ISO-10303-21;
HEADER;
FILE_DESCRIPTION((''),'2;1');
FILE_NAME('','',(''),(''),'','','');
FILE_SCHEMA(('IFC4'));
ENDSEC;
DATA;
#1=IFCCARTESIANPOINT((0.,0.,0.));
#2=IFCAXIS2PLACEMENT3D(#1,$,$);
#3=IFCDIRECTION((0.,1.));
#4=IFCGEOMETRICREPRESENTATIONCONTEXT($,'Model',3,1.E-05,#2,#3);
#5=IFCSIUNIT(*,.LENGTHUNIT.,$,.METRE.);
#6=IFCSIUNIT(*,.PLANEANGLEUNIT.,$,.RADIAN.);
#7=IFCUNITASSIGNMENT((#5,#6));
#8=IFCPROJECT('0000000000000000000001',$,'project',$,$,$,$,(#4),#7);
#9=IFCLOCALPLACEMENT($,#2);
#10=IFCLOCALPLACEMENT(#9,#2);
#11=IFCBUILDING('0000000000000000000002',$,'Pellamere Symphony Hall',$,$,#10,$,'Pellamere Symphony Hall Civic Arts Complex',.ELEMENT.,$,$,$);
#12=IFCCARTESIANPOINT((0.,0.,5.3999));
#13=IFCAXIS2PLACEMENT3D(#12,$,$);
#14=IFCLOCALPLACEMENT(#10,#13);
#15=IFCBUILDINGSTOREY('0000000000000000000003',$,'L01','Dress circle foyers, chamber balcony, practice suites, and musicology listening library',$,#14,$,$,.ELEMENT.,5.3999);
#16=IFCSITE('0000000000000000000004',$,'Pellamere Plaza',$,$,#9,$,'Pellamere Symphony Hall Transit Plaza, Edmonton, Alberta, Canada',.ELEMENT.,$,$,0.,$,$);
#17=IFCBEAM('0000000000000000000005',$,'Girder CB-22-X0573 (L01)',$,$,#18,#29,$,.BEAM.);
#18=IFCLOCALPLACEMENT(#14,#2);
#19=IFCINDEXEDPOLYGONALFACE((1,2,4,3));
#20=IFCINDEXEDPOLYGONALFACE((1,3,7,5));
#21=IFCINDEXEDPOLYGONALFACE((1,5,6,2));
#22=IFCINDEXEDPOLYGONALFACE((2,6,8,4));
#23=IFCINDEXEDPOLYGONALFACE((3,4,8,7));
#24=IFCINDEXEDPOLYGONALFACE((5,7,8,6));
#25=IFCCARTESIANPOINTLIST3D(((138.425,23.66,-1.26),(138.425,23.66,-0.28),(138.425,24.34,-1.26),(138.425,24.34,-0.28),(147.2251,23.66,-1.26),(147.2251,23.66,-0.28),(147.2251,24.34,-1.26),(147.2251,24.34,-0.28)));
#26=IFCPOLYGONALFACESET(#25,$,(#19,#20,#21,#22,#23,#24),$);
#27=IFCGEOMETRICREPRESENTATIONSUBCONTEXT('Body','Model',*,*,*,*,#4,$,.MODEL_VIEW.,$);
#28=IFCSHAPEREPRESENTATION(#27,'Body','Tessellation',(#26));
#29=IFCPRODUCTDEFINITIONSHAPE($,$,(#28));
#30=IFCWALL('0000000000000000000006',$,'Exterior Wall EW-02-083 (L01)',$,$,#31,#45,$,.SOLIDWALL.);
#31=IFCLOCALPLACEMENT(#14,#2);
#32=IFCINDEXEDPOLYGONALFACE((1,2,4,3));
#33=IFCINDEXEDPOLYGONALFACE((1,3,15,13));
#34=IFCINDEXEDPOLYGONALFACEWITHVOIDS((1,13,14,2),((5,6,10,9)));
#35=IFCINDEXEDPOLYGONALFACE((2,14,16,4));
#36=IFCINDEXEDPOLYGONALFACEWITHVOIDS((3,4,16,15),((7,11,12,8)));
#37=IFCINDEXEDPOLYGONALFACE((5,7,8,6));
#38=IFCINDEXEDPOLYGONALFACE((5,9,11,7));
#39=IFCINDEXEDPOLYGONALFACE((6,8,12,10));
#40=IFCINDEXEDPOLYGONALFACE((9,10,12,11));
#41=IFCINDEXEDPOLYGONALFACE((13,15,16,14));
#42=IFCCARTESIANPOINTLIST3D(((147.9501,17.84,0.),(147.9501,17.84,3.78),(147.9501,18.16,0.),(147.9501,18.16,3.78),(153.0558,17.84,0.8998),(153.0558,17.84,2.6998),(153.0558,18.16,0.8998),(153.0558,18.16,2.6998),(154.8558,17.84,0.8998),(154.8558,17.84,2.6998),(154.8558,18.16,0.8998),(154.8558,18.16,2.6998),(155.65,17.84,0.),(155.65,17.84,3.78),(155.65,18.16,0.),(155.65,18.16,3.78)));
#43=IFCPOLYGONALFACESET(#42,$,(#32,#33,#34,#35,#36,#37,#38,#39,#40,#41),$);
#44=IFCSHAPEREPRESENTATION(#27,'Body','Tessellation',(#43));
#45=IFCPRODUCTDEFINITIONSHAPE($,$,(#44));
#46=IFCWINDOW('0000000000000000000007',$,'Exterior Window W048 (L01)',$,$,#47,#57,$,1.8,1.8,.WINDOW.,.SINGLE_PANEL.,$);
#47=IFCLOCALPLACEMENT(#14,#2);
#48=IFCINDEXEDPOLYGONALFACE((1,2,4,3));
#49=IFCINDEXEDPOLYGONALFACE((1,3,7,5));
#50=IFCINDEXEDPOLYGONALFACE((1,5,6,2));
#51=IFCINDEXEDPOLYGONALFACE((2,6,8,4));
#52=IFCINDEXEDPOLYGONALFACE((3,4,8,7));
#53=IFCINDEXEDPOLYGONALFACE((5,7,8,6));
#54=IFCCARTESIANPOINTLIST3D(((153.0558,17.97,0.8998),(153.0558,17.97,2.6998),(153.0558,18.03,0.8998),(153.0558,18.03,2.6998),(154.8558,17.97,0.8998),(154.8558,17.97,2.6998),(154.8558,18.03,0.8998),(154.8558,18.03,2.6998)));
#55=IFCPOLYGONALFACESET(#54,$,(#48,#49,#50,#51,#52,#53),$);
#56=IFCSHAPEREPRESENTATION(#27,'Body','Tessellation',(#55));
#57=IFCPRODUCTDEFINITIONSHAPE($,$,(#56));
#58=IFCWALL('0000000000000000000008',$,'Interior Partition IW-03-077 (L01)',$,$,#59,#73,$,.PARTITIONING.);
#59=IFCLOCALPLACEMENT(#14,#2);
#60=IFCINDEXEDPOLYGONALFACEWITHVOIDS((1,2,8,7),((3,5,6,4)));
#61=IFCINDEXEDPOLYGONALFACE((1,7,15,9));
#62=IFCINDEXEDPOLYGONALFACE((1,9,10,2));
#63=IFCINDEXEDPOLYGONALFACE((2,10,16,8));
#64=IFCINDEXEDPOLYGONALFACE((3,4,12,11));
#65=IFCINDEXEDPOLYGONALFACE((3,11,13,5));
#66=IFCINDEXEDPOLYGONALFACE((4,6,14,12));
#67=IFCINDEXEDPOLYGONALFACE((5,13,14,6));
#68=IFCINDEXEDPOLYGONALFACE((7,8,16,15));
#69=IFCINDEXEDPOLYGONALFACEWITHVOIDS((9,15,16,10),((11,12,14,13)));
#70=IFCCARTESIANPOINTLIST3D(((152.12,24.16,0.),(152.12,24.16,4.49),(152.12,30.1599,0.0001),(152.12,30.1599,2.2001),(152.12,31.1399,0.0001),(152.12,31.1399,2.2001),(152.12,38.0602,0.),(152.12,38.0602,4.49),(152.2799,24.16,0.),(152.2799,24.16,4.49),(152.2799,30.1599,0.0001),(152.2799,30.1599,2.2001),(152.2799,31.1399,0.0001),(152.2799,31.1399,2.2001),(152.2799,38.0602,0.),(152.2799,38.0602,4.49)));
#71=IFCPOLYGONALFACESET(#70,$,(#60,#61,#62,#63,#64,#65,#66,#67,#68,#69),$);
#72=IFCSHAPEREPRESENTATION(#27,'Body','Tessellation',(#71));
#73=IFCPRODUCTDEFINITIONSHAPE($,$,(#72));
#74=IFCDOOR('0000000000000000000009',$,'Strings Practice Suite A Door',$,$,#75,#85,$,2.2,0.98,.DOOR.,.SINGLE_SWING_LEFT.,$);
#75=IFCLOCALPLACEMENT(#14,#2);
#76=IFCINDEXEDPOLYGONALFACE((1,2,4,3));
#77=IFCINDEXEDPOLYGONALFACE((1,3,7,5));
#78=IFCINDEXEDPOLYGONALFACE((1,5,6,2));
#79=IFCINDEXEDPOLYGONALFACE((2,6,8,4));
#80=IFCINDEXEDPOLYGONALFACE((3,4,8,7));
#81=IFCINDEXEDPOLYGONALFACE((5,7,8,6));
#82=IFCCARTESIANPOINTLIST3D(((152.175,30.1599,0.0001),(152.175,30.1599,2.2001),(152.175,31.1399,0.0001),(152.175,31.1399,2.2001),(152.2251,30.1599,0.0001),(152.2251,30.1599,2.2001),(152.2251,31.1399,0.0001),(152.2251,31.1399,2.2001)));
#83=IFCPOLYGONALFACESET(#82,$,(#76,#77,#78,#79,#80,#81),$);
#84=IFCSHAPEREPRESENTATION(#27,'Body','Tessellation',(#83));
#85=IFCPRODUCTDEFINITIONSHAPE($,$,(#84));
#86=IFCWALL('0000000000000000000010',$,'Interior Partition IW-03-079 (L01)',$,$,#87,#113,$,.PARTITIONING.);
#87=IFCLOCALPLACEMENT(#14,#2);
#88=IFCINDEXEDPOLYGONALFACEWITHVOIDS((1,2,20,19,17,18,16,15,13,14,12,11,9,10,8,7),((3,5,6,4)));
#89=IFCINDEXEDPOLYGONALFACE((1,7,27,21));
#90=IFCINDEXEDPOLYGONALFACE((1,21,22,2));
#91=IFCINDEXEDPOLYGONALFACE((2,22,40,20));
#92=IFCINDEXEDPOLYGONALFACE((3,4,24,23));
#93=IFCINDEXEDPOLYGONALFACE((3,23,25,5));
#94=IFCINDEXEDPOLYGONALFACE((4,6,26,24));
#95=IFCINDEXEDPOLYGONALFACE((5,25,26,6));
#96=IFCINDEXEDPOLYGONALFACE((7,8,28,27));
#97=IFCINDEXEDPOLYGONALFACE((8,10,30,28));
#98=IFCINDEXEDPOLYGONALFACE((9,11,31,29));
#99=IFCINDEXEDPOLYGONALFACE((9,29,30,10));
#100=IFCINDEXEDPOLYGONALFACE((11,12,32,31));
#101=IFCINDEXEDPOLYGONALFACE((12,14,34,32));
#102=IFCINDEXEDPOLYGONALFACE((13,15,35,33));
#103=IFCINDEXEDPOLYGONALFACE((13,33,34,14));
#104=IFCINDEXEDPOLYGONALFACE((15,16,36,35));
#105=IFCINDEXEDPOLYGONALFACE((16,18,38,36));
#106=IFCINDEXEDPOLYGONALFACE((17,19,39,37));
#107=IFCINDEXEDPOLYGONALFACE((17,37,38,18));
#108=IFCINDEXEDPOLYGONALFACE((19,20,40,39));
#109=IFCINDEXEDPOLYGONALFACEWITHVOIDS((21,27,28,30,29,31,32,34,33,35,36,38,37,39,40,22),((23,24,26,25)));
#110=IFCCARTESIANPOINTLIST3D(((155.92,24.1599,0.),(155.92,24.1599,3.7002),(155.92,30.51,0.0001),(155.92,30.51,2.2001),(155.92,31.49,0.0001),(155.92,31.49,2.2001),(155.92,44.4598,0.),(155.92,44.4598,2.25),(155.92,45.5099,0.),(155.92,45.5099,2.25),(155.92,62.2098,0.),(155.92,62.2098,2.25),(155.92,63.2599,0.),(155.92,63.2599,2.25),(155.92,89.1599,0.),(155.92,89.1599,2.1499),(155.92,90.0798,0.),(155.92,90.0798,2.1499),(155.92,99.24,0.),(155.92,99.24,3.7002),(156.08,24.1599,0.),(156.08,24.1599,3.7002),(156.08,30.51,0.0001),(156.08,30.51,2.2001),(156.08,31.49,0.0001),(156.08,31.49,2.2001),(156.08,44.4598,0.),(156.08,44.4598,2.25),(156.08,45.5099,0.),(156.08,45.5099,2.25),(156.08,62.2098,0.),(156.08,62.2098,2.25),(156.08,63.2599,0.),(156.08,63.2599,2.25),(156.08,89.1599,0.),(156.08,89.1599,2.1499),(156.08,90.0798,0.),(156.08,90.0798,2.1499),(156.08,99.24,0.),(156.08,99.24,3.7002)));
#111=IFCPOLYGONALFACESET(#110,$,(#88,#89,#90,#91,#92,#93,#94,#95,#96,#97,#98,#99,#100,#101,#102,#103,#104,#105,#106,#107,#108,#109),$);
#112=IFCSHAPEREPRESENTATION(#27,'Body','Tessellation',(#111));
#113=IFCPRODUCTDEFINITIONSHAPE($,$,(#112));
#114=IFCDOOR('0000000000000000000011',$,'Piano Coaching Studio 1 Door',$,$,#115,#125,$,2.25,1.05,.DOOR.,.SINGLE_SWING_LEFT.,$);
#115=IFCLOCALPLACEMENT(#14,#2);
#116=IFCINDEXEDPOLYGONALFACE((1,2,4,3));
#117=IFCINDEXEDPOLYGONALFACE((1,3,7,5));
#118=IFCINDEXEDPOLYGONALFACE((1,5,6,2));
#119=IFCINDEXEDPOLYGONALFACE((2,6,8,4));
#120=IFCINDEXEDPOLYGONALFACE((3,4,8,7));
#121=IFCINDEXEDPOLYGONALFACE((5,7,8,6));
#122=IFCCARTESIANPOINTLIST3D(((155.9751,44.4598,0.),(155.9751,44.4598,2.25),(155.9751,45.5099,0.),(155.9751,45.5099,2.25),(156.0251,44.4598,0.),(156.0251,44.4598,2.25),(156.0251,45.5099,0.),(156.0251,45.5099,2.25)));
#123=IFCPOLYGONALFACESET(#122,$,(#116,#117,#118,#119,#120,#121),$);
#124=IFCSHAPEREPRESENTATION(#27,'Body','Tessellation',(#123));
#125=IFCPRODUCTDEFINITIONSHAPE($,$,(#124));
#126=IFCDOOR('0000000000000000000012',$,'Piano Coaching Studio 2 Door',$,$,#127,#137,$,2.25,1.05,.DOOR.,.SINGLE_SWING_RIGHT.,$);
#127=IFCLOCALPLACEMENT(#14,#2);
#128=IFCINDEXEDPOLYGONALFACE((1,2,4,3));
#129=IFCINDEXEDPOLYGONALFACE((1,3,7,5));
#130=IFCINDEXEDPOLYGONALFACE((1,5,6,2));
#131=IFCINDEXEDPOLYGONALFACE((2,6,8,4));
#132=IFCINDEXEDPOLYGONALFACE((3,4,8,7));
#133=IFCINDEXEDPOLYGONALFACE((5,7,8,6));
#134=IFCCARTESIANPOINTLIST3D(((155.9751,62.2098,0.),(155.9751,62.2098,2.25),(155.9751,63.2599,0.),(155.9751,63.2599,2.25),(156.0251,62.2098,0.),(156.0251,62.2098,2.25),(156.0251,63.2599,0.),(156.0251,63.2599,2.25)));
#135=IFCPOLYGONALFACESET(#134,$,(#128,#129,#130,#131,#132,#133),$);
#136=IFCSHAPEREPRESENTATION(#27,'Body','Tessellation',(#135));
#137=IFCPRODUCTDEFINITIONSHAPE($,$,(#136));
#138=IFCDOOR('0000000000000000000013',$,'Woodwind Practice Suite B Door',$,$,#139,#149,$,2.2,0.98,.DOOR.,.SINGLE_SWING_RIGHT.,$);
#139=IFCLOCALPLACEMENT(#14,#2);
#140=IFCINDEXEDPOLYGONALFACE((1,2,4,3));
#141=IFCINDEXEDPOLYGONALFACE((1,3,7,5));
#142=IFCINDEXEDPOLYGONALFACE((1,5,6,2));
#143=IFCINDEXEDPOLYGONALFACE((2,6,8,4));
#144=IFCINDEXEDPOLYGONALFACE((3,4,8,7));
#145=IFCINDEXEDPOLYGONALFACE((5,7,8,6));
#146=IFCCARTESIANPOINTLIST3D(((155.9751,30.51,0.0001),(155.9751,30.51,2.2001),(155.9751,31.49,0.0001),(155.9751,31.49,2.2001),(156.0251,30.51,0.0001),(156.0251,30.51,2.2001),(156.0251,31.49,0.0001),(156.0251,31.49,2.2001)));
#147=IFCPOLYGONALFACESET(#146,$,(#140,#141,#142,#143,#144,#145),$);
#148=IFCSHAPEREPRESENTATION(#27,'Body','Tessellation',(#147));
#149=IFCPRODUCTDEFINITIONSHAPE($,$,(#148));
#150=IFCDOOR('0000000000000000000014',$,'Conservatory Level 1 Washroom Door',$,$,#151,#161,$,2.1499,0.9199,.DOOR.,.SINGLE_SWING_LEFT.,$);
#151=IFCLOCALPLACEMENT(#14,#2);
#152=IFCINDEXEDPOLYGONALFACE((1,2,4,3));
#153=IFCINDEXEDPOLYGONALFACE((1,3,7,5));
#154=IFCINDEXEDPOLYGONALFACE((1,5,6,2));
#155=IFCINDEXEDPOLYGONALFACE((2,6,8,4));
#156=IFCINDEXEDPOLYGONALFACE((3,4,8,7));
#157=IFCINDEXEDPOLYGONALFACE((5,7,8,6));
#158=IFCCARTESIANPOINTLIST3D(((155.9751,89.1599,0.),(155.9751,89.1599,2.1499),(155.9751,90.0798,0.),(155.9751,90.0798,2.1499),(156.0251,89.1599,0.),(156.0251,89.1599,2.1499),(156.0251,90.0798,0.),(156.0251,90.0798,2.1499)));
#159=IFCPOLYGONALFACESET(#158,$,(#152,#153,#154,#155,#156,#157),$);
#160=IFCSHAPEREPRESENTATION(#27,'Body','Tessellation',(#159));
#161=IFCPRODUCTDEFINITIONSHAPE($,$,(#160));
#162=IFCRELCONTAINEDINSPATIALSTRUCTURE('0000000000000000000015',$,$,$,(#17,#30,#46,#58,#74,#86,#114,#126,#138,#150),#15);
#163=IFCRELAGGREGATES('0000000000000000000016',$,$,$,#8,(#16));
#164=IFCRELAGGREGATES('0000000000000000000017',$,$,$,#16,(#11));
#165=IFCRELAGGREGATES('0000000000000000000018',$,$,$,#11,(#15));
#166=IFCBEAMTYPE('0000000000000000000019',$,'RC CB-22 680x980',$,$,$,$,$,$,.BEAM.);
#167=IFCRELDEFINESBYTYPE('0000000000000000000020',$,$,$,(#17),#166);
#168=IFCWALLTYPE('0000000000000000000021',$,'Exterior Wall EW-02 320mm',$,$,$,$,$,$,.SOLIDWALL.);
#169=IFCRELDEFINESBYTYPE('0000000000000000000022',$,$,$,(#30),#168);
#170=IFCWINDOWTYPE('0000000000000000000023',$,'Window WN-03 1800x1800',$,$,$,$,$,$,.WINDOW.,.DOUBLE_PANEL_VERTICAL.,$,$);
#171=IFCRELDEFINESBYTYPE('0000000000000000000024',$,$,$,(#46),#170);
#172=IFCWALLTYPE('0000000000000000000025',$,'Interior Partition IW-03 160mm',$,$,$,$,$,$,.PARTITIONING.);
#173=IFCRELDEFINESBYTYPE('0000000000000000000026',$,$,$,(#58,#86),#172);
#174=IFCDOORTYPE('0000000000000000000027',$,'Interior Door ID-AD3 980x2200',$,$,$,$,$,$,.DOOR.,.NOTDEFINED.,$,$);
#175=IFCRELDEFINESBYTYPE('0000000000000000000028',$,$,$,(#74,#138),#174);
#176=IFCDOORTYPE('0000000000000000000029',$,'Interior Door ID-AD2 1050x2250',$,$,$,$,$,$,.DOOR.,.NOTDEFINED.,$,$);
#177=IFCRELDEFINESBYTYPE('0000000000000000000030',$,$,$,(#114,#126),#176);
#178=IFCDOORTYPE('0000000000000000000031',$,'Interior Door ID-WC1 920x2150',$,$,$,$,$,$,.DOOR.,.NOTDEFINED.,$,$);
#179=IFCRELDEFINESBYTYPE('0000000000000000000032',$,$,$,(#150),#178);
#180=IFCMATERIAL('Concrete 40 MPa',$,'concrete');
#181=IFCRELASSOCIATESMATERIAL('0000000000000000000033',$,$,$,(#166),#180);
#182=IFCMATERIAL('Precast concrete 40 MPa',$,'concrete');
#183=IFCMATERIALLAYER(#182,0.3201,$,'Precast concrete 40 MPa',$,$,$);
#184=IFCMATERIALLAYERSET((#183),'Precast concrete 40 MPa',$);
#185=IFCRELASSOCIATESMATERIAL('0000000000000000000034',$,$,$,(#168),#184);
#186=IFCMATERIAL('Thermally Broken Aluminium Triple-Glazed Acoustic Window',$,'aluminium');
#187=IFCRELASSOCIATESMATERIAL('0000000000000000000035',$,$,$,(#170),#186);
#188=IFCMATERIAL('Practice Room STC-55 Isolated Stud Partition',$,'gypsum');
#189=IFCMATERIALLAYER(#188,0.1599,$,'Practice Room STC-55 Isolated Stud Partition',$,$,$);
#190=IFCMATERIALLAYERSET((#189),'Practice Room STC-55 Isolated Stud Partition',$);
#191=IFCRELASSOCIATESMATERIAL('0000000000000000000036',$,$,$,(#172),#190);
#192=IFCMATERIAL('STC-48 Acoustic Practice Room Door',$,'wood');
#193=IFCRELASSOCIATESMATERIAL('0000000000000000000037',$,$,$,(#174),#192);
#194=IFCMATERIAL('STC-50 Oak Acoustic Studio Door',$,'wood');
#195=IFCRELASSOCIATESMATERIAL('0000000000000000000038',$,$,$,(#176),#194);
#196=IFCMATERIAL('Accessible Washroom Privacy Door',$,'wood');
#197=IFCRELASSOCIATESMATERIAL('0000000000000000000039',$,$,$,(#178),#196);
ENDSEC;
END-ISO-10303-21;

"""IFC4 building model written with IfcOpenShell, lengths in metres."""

from ifc_helpers import new_model, si_unit, direction, frame, frame_2d, origin, origin_2d, place, context, subcontext, project, spatial, rectangle, extrude, material, layer, layer_set, material_profile, profile_set, type_object, element, fill, save


model = new_model("IFC4")

# Units and contexts
model_context = context("Model", 3, precision=1e-05, world=origin(), true_north=direction((0.0, 1.0)))
body_context = subcontext(model_context, "Body", "Model", "MODEL_VIEW")
ifc_project = project(units=[si_unit("LENGTHUNIT", "METRE"), si_unit("PLANEANGLEUNIT", "RADIAN")], contexts=[model_context])

# Site, building, storey
site_placement = place(None, origin())
site = spatial("IfcSite", under=ifc_project, at=site_placement, Name="Pellamere Plaza", LongName="Pellamere Symphony Hall Transit Plaza, Edmonton, Alberta, Canada", CompositionType="ELEMENT", RefElevation=0.0)
building_placement = place(site_placement, origin())
building = spatial("IfcBuilding", under=site, at=building_placement, Name="Pellamere Symphony Hall", LongName="Pellamere Symphony Hall Civic Arts Complex", CompositionType="ELEMENT")
storey_placement = place(building_placement, frame((0.0, 0.0, 5.3999)))
storey = spatial("IfcBuildingStorey", under=building, at=storey_placement, Name="L01", Description="Dress circle foyers, chamber balcony, practice suites, and musicology listening library", CompositionType="ELEMENT", Elevation=5.3999)

# Shared definitions
ifc_material_1 = material(Name="Concrete 40 MPa", Category="concrete")

# Beam
ifc_material_profile_1 = material_profile(ifc_material_1, rectangle(XDim=0.6799, YDim=0.98, at=origin_2d()), Name="RC 680x980")
ifc_profile_set_1 = profile_set([ifc_material_profile_1], Name="Concrete 40 MPa")
beam_type_1 = type_object("IfcBeamType", Name="RC CB-22 680x980", PredefinedType="BEAM", material=ifc_profile_set_1)
beam_1_placement = place(storey_placement, frame((138.425, 24.0, -0.77), z_axis=(1.0, 0.0, 0.0), x_axis=(0.0, 1.0, 0.0)))
element("IfcBeam", 1, at=beam_1_placement, inside=storey, type_object=beam_type_1, Name="Girder CB-22-X0573 (L01)", PredefinedType="BEAM", context=body_context, shape_type="SweptSolid", body=[
    extrude(rectangle(XDim=0.6799, YDim=0.98, at=origin_2d()), origin(), (0.0, 0.0, 1.0), 8.8),
])

# Wall, opening, window
ifc_material_2 = material(Name="Precast concrete 40 MPa", Category="concrete")
ifc_layer_1 = layer(ifc_material_2, 0.3201, Name="Precast concrete 40 MPa")
ifc_layer_set_1 = layer_set([ifc_layer_1], Name="Precast concrete 40 MPa")
wall_type_1 = type_object("IfcWallType", Name="Exterior Wall EW-02 320mm", PredefinedType="SOLIDWALL", material=ifc_layer_set_1)
wall_1_placement = place(storey_placement, frame((147.95, 18.0, 0.0), z_axis=(0.0, 0.0, 1.0), x_axis=(1.0, 0.0, 0.0)))
wall_1 = element("IfcWall", 2, at=wall_1_placement, inside=storey, type_object=wall_type_1, Name="Exterior Wall EW-02-083 (L01)", PredefinedType="SOLIDWALL", context=body_context, shape_type="SweptSolid", body=[
    extrude(rectangle(XDim=7.7, YDim=0.3201, at=frame_2d((3.8501, 0.0))), origin(), (0.0, 0.0, 1.0), 3.78),
])
opening_1_placement = place(wall_1_placement, frame((5.106, 0.0, 0.8999)))
opening_1 = element("IfcOpeningElement", 3, at=opening_1_placement, cuts=wall_1, PredefinedType="OPENING", context=body_context, shape_type="SweptSolid", body=[
    extrude(rectangle(XDim=1.8, YDim=1.8, at=frame_2d((0.8999, 0.8999))), frame((0.0, 0.1699, 0.0), z_axis=(0.0, -1.0, 0.0), x_axis=(1.0, 0.0, 0.0)), (0.0, 0.0, 1.0), 0.3401),
])
ifc_material_3 = material(Name="Thermally Broken Aluminium Triple-Glazed Acoustic Window", Category="aluminium")
window_type = type_object("IfcWindowType", Name="Window WN-03 1800x1800", PartitioningType="DOUBLE_PANEL_VERTICAL", PredefinedType="WINDOW", material=ifc_material_3)
window_placement = place(opening_1_placement, origin())
window = element("IfcWindow", 4, at=window_placement, inside=storey, type_object=window_type, Name="Exterior Window W048 (L01)", OverallHeight=1.8, OverallWidth=1.8, PartitioningType="SINGLE_PANEL", PredefinedType="WINDOW", context=body_context, shape_type="SweptSolid", body=[
    extrude(rectangle(XDim=1.8, YDim=1.8, at=frame_2d((0.8999, 0.8999))), frame((0.0, 0.03, 0.0), z_axis=(0.0, -1.0, 0.0), x_axis=(1.0, 0.0, 0.0)), (0.0, 0.0, 1.0), 0.0601),
])
fill(opening_1, window)

# Wall, opening, door
ifc_material_4 = material(Name="Practice Room STC-55 Isolated Stud Partition", Category="gypsum")
ifc_layer_2 = layer(ifc_material_4, 0.1599, Name="Practice Room STC-55 Isolated Stud Partition")
ifc_layer_set_2 = layer_set([ifc_layer_2], Name="Practice Room STC-55 Isolated Stud Partition")
wall_type_2 = type_object("IfcWallType", Name="Interior Partition IW-03 160mm", PredefinedType="PARTITIONING", material=ifc_layer_set_2)
wall_2_placement = place(storey_placement, frame((152.2, 24.1599, 0.0), z_axis=(0.0, 0.0, 1.0), x_axis=(0.0, 1.0, 0.0)))
wall_2 = element("IfcWall", 5, at=wall_2_placement, inside=storey, type_object=wall_type_2, Name="Interior Partition IW-03-077 (L01)", PredefinedType="PARTITIONING", context=body_context, shape_type="SweptSolid", body=[
    extrude(rectangle(XDim=13.9001, YDim=0.1599, at=frame_2d((6.9502, 0.0))), origin(), (0.0, 0.0, 1.0), 4.49),
])
opening_2_placement = place(wall_2_placement, frame((6.0, 0.0, 0.0)))
opening_2 = element("IfcOpeningElement", 6, at=opening_2_placement, cuts=wall_2, PredefinedType="OPENING", context=body_context, shape_type="SweptSolid", body=[
    extrude(rectangle(XDim=0.98, YDim=2.2, at=frame_2d((0.49, 1.1001))), frame((0.0, 0.0898, 0.0), z_axis=(0.0, -1.0, 0.0), x_axis=(1.0, 0.0, 0.0)), (0.0, 0.0, 1.0), 0.1799),
])
ifc_material_5 = material(Name="STC-48 Acoustic Practice Room Door", Category="wood")
door_type_1 = type_object("IfcDoorType", Name="Interior Door ID-AD3 980x2200", OperationType="NOTDEFINED", PredefinedType="DOOR", material=ifc_material_5)
door_1_placement = place(opening_2_placement, origin())
door_1 = element("IfcDoor", 7, at=door_1_placement, inside=storey, type_object=door_type_1, Name="Strings Practice Suite A Door", OperationType="SINGLE_SWING_LEFT", OverallHeight=2.2, OverallWidth=0.98, PredefinedType="DOOR", context=body_context, shape_type="SweptSolid", body=[
    extrude(rectangle(XDim=0.98, YDim=2.2, at=frame_2d((0.49, 1.1001))), frame((0.0, 0.0249, 0.0), z_axis=(0.0, -1.0, 0.0), x_axis=(1.0, 0.0, 0.0)), (0.0, 0.0, 1.0), 0.05),
])
fill(opening_2, door_1)

# Wall, openings, doors
wall_3_placement = place(storey_placement, frame((156.0, 24.1599, 0.0), z_axis=(0.0, 0.0, 1.0), x_axis=(0.0, 1.0, 0.0)))
wall_3 = element("IfcWall", 8, at=wall_3_placement, inside=storey, type_object=wall_type_2, Name="Interior Partition IW-03-079 (L01)", PredefinedType="PARTITIONING", context=body_context, shape_type="SweptSolid", body=[
    extrude(rectangle(XDim=75.0801, YDim=0.1599, at=frame_2d((37.54, 0.0))), origin(), (0.0, 0.0, 1.0), 3.7002),
])
opening_3_placement = place(wall_3_placement, frame((6.3501, 0.0, 0.0)))
opening_3 = element("IfcOpeningElement", 9, at=opening_3_placement, cuts=wall_3, PredefinedType="OPENING", context=body_context, shape_type="SweptSolid", body=[
    extrude(rectangle(XDim=0.98, YDim=2.2, at=frame_2d((0.49, 1.1001))), frame((0.0, 0.0898, 0.0), z_axis=(0.0, -1.0, 0.0), x_axis=(1.0, 0.0, 0.0)), (0.0, 0.0, 1.0), 0.1799),
])
opening_4_placement = place(wall_3_placement, frame((20.3, 0.0, 0.0)))
opening_4 = element("IfcOpeningElement", 10, at=opening_4_placement, cuts=wall_3, PredefinedType="OPENING", context=body_context, shape_type="SweptSolid", body=[
    extrude(rectangle(XDim=1.05, YDim=2.25, at=frame_2d((0.5249, 1.125))), frame((0.0, 0.0898, 0.0), z_axis=(0.0, -1.0, 0.0), x_axis=(1.0, 0.0, 0.0)), (0.0, 0.0, 1.0), 0.1799),
])
opening_5_placement = place(wall_3_placement, frame((38.05, 0.0, 0.0)))
opening_5 = element("IfcOpeningElement", 11, at=opening_5_placement, cuts=wall_3, PredefinedType="OPENING", context=body_context, shape_type="SweptSolid", body=[
    extrude(rectangle(XDim=1.05, YDim=2.25, at=frame_2d((0.5249, 1.125))), frame((0.0, 0.0898, 0.0), z_axis=(0.0, -1.0, 0.0), x_axis=(1.0, 0.0, 0.0)), (0.0, 0.0, 1.0), 0.1799),
])
opening_6_placement = place(wall_3_placement, frame((65.0, 0.0, 0.0)))
opening_6 = element("IfcOpeningElement", 12, at=opening_6_placement, cuts=wall_3, PredefinedType="OPENING", context=body_context, shape_type="SweptSolid", body=[
    extrude(rectangle(XDim=0.9199, YDim=2.1499, at=frame_2d((0.46, 1.075))), frame((0.0, 0.0898, 0.0), z_axis=(0.0, -1.0, 0.0), x_axis=(1.0, 0.0, 0.0)), (0.0, 0.0, 1.0), 0.1799),
])
ifc_material_6 = material(Name="STC-50 Oak Acoustic Studio Door", Category="wood")
door_type_2 = type_object("IfcDoorType", Name="Interior Door ID-AD2 1050x2250", OperationType="NOTDEFINED", PredefinedType="DOOR", material=ifc_material_6)
door_2_placement = place(opening_4_placement, origin())
door_2 = element("IfcDoor", 13, at=door_2_placement, inside=storey, type_object=door_type_2, Name="Piano Coaching Studio 1 Door", OperationType="SINGLE_SWING_LEFT", OverallHeight=2.25, OverallWidth=1.05, PredefinedType="DOOR", context=body_context, shape_type="SweptSolid", body=[
    extrude(rectangle(XDim=1.05, YDim=2.25, at=frame_2d((0.5249, 1.125))), frame((0.0, 0.0249, 0.0), z_axis=(0.0, -1.0, 0.0), x_axis=(1.0, 0.0, 0.0)), (0.0, 0.0, 1.0), 0.05),
])
fill(opening_4, door_2)
door_3_placement = place(opening_5_placement, origin())
door_3 = element("IfcDoor", 14, at=door_3_placement, inside=storey, type_object=door_type_2, Name="Piano Coaching Studio 2 Door", OperationType="SINGLE_SWING_RIGHT", OverallHeight=2.25, OverallWidth=1.05, PredefinedType="DOOR", context=body_context, shape_type="SweptSolid", body=[
    extrude(rectangle(XDim=1.05, YDim=2.25, at=frame_2d((0.5249, 1.125))), frame((0.0, 0.0249, 0.0), z_axis=(0.0, -1.0, 0.0), x_axis=(1.0, 0.0, 0.0)), (0.0, 0.0, 1.0), 0.05),
])
fill(opening_5, door_3)
door_4_placement = place(opening_3_placement, origin())
door_4 = element("IfcDoor", 15, at=door_4_placement, inside=storey, type_object=door_type_1, Name="Woodwind Practice Suite B Door", OperationType="SINGLE_SWING_RIGHT", OverallHeight=2.2, OverallWidth=0.98, PredefinedType="DOOR", context=body_context, shape_type="SweptSolid", body=[
    extrude(rectangle(XDim=0.98, YDim=2.2, at=frame_2d((0.49, 1.1001))), frame((0.0, 0.0249, 0.0), z_axis=(0.0, -1.0, 0.0), x_axis=(1.0, 0.0, 0.0)), (0.0, 0.0, 1.0), 0.05),
])
fill(opening_3, door_4)
ifc_material_7 = material(Name="Accessible Washroom Privacy Door", Category="wood")
door_type_3 = type_object("IfcDoorType", Name="Interior Door ID-WC1 920x2150", OperationType="NOTDEFINED", PredefinedType="DOOR", material=ifc_material_7)
door_5_placement = place(opening_6_placement, origin())
door_5 = element("IfcDoor", 16, at=door_5_placement, inside=storey, type_object=door_type_3, Name="Conservatory Level 1 Washroom Door", OperationType="SINGLE_SWING_LEFT", OverallHeight=2.1499, OverallWidth=0.9199, PredefinedType="DOOR", context=body_context, shape_type="SweptSolid", body=[
    extrude(rectangle(XDim=0.9199, YDim=2.1499, at=frame_2d((0.46, 1.075))), frame((0.0, 0.0249, 0.0), z_axis=(0.0, -1.0, 0.0), x_axis=(1.0, 0.0, 0.0)), (0.0, 0.0, 1.0), 0.05),
])
fill(opening_6, door_5)

save(model, "model.ifc")
